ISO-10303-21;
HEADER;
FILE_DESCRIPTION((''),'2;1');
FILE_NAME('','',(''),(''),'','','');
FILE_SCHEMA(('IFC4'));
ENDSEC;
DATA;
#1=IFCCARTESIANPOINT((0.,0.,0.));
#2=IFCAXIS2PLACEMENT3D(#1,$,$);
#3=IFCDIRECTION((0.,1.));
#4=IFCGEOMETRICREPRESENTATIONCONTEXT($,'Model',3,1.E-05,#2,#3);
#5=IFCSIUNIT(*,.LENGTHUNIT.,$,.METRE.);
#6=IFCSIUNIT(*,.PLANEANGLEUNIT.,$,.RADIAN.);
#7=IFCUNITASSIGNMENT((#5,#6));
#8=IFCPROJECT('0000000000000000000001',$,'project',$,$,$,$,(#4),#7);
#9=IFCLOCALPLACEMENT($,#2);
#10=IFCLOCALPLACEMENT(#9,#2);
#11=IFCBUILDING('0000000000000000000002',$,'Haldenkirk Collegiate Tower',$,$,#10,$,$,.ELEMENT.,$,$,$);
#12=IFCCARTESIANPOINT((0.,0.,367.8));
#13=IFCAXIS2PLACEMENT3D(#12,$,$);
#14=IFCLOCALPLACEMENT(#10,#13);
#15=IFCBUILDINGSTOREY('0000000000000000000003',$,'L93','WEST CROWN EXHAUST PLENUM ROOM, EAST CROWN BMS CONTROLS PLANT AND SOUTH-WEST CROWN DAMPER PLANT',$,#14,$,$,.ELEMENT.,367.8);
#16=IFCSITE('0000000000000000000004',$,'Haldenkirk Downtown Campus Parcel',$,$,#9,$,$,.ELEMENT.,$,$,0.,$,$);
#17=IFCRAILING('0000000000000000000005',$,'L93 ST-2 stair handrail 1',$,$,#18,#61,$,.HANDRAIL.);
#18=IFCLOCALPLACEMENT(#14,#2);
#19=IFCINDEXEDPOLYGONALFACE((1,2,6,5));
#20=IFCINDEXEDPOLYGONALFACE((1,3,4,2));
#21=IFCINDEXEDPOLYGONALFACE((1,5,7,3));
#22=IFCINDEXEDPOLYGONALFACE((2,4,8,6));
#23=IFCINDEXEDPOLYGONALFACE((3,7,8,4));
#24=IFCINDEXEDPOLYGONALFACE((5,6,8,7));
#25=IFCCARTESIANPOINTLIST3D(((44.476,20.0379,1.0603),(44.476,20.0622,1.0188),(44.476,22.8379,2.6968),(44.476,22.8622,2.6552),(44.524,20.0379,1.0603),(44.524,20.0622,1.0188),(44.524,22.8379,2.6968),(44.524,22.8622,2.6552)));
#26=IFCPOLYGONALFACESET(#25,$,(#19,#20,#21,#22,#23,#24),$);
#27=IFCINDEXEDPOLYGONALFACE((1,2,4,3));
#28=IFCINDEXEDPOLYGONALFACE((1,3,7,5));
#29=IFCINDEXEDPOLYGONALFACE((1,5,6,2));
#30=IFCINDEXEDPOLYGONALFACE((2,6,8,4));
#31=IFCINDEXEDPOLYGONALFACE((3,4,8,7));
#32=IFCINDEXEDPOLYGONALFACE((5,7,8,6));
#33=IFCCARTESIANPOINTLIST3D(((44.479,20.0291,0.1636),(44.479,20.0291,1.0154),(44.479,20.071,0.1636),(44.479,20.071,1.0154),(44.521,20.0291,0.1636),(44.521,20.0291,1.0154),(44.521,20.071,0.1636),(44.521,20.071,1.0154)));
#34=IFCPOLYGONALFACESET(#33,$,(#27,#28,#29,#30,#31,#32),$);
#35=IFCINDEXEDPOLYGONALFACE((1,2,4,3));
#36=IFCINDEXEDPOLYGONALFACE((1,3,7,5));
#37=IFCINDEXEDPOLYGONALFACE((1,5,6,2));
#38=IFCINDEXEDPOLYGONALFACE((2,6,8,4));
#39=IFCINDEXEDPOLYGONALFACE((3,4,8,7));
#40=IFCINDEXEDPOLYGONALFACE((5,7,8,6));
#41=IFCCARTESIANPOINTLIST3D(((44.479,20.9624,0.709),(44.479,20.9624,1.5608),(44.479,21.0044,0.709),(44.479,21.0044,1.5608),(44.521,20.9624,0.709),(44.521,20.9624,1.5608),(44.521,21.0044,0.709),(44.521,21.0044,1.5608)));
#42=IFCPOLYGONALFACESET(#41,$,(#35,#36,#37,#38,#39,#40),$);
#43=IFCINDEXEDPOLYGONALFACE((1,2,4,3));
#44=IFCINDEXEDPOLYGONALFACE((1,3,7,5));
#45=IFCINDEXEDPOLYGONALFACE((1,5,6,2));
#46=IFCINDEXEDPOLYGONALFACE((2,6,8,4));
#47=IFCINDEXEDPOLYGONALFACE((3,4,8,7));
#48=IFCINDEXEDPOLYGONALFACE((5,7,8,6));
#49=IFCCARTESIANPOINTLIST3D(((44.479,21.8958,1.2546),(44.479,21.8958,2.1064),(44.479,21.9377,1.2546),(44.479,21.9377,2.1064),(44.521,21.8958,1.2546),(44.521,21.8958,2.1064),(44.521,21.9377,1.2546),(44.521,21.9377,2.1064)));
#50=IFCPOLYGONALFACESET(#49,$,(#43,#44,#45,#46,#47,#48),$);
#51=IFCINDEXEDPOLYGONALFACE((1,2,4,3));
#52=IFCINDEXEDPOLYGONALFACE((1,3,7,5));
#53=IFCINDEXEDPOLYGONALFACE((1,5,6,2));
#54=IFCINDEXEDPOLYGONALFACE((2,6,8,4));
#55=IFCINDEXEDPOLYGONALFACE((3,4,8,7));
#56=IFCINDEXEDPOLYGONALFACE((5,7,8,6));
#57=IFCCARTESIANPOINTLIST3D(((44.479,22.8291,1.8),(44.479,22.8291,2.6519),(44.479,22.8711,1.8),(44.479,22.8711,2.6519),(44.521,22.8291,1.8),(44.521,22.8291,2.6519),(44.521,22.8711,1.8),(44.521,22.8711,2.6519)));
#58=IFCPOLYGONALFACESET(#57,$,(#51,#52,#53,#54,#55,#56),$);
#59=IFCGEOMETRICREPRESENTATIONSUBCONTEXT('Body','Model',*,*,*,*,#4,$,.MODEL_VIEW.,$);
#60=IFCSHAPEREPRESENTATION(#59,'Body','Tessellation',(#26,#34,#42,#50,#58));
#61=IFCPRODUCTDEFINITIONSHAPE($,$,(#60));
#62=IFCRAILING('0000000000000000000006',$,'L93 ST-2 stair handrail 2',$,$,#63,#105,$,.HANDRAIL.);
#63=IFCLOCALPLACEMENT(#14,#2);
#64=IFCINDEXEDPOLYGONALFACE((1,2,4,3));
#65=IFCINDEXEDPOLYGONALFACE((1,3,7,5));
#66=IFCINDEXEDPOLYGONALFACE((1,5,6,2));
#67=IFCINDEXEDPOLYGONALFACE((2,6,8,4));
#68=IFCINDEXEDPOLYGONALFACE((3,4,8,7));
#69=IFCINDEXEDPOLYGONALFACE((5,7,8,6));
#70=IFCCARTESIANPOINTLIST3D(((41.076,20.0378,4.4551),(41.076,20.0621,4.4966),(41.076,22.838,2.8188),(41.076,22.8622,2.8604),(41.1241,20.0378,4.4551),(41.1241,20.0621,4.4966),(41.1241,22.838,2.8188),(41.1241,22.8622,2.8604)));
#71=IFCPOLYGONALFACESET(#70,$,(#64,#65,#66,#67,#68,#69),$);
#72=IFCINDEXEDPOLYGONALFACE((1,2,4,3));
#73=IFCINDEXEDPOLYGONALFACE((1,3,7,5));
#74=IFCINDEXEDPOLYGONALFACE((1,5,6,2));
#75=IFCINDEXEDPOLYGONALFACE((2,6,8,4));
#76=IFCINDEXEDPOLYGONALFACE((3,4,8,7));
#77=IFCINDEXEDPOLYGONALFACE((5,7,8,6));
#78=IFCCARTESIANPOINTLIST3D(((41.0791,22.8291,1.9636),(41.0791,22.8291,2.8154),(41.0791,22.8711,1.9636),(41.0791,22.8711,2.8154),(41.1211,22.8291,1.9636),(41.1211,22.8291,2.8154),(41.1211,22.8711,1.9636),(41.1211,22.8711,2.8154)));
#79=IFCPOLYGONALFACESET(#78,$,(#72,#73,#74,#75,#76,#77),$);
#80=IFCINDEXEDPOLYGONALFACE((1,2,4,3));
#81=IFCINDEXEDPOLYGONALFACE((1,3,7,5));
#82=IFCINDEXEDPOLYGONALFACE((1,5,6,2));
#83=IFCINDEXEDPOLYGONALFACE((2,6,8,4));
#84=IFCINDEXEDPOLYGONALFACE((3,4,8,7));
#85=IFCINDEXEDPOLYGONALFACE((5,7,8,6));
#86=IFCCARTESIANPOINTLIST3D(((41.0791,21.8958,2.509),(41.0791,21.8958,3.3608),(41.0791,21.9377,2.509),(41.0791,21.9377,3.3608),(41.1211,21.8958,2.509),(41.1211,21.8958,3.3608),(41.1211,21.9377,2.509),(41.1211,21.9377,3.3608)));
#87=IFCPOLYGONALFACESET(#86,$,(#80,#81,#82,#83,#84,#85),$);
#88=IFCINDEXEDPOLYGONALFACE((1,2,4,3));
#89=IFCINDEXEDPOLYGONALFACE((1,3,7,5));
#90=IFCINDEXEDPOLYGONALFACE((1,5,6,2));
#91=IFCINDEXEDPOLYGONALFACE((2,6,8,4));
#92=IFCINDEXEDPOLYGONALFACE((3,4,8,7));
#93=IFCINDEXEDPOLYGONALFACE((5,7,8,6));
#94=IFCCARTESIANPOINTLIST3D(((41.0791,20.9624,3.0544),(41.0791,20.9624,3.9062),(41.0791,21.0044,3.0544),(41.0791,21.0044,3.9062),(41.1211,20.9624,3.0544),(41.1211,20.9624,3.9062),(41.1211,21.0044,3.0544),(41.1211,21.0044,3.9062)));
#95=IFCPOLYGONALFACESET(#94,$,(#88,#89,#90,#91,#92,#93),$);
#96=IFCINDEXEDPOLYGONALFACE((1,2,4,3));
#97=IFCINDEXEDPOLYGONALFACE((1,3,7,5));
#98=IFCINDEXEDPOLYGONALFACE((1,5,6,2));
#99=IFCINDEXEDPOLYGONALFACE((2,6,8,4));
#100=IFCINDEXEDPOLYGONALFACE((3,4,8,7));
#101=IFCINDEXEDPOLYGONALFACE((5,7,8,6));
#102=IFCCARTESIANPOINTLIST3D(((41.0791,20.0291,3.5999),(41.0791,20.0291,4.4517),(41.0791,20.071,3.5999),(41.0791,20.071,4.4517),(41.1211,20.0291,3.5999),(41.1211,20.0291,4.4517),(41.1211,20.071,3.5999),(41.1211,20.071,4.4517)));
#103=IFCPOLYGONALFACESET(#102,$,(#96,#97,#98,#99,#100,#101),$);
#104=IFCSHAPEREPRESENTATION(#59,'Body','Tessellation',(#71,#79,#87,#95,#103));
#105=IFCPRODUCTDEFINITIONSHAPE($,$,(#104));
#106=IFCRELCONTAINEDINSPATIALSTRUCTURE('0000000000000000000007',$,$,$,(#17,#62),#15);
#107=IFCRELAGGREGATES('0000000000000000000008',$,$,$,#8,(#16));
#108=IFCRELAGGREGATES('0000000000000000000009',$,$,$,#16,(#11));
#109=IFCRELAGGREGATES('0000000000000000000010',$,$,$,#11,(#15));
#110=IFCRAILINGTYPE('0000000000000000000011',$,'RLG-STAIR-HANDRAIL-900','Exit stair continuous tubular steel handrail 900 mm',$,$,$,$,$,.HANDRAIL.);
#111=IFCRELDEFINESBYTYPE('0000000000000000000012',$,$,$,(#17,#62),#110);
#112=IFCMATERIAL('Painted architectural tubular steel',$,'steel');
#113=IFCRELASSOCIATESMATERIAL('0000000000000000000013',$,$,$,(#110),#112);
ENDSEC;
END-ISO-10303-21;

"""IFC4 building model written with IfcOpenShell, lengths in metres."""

from ifc_helpers import new_model, si_unit, direction, frame, origin, origin_2d, place, context, subcontext, project, spatial, rectangle, extrude, material, type_object, element, save


model = new_model("IFC4")

# Units and contexts
model_context = context("Model", 3, precision=1e-05, world=origin(), true_north=direction((0.0, 1.0)))
body_context = subcontext(model_context, "Body", "Model", "MODEL_VIEW")
ifc_project = project(units=[si_unit("LENGTHUNIT", "METRE"), si_unit("PLANEANGLEUNIT", "RADIAN")], contexts=[model_context])

# Site, building, storey
site_placement = place(None, origin())
site = spatial("IfcSite", under=ifc_project, at=site_placement, Name="Haldenkirk Downtown Campus Parcel", CompositionType="ELEMENT", RefElevation=0.0)
building_placement = place(site_placement, origin())
building = spatial("IfcBuilding", under=site, at=building_placement, Name="Haldenkirk Collegiate Tower", CompositionType="ELEMENT")
storey_placement = place(building_placement, frame((0.0, 0.0, 367.8)))
storey = spatial("IfcBuildingStorey", under=building, at=storey_placement, Name="L93", Description="WEST CROWN EXHAUST PLENUM ROOM, EAST CROWN BMS CONTROLS PLANT AND SOUTH-WEST CROWN DAMPER PLANT", CompositionType="ELEMENT", Elevation=367.8)

# Railings
ifc_material_1 = material(Name="Painted architectural tubular steel", Category="steel")
railing_type_1 = type_object("IfcRailingType", Name="RLG-STAIR-HANDRAIL-900", Description="Exit stair continuous tubular steel handrail 900 mm", PredefinedType="HANDRAIL", material=ifc_material_1)
railing_1_placement = place(storey_placement, frame((44.5, 20.05, 0.1636)))
element("IfcRailing", 1, at=railing_1_placement, inside=storey, type_object=railing_type_1, Name="L93 ST-2 stair handrail 1", PredefinedType="HANDRAIL", context=body_context, shape_type="SweptSolid", body=[
    extrude(rectangle(XDim=0.0481, YDim=0.0481, at=origin_2d()), frame((0.0, 0.0, 0.876), z_axis=(0.0, 0.863361, 0.504587), x_axis=(-1.0, 0.0, 0.0)), (0.0, 0.0, 1.0), 3.2432),
    extrude(rectangle(XDim=0.042, YDim=0.042, at=origin_2d()), origin(), (0.0, 0.0, 1.0), 0.8518),
    extrude(rectangle(XDim=0.042, YDim=0.042, at=origin_2d()), frame((0.0, 0.9333, 0.5454)), (0.0, 0.0, 1.0), 0.8518),
    extrude(rectangle(XDim=0.042, YDim=0.042, at=origin_2d()), frame((0.0, 1.8667, 1.0911)), (0.0, 0.0, 1.0), 0.8518),
    extrude(rectangle(XDim=0.042, YDim=0.042, at=origin_2d()), frame((0.0, 2.8, 1.6365)), (0.0, 0.0, 1.0), 0.8518),
])
railing_2_placement = place(storey_placement, frame((41.1001, 22.8501, 1.9636)))
element("IfcRailing", 2, at=railing_2_placement, inside=storey, type_object=railing_type_1, Name="L93 ST-2 stair handrail 2", PredefinedType="HANDRAIL", context=body_context, shape_type="SweptSolid", body=[
    extrude(rectangle(XDim=0.0481, YDim=0.0481, at=origin_2d()), frame((0.0, 0.0, 0.876), z_axis=(0.0, -0.863394, 0.504531), x_axis=(1.0, 0.0, 0.0)), (0.0, 0.0, 1.0), 3.2432),
    extrude(rectangle(XDim=0.042, YDim=0.042, at=origin_2d()), origin(), (0.0, 0.0, 1.0), 0.8518),
    extrude(rectangle(XDim=0.042, YDim=0.042, at=origin_2d()), frame((0.0, -0.9333, 0.5454)), (0.0, 0.0, 1.0), 0.8518),
    extrude(rectangle(XDim=0.042, YDim=0.042, at=origin_2d()), frame((0.0, -1.8667, 1.0908)), (0.0, 0.0, 1.0), 0.8518),
    extrude(rectangle(XDim=0.042, YDim=0.042, at=origin_2d()), frame((0.0, -2.8, 1.6362)), (0.0, 0.0, 1.0), 0.8518),
])

save(model, "model.ifc")
